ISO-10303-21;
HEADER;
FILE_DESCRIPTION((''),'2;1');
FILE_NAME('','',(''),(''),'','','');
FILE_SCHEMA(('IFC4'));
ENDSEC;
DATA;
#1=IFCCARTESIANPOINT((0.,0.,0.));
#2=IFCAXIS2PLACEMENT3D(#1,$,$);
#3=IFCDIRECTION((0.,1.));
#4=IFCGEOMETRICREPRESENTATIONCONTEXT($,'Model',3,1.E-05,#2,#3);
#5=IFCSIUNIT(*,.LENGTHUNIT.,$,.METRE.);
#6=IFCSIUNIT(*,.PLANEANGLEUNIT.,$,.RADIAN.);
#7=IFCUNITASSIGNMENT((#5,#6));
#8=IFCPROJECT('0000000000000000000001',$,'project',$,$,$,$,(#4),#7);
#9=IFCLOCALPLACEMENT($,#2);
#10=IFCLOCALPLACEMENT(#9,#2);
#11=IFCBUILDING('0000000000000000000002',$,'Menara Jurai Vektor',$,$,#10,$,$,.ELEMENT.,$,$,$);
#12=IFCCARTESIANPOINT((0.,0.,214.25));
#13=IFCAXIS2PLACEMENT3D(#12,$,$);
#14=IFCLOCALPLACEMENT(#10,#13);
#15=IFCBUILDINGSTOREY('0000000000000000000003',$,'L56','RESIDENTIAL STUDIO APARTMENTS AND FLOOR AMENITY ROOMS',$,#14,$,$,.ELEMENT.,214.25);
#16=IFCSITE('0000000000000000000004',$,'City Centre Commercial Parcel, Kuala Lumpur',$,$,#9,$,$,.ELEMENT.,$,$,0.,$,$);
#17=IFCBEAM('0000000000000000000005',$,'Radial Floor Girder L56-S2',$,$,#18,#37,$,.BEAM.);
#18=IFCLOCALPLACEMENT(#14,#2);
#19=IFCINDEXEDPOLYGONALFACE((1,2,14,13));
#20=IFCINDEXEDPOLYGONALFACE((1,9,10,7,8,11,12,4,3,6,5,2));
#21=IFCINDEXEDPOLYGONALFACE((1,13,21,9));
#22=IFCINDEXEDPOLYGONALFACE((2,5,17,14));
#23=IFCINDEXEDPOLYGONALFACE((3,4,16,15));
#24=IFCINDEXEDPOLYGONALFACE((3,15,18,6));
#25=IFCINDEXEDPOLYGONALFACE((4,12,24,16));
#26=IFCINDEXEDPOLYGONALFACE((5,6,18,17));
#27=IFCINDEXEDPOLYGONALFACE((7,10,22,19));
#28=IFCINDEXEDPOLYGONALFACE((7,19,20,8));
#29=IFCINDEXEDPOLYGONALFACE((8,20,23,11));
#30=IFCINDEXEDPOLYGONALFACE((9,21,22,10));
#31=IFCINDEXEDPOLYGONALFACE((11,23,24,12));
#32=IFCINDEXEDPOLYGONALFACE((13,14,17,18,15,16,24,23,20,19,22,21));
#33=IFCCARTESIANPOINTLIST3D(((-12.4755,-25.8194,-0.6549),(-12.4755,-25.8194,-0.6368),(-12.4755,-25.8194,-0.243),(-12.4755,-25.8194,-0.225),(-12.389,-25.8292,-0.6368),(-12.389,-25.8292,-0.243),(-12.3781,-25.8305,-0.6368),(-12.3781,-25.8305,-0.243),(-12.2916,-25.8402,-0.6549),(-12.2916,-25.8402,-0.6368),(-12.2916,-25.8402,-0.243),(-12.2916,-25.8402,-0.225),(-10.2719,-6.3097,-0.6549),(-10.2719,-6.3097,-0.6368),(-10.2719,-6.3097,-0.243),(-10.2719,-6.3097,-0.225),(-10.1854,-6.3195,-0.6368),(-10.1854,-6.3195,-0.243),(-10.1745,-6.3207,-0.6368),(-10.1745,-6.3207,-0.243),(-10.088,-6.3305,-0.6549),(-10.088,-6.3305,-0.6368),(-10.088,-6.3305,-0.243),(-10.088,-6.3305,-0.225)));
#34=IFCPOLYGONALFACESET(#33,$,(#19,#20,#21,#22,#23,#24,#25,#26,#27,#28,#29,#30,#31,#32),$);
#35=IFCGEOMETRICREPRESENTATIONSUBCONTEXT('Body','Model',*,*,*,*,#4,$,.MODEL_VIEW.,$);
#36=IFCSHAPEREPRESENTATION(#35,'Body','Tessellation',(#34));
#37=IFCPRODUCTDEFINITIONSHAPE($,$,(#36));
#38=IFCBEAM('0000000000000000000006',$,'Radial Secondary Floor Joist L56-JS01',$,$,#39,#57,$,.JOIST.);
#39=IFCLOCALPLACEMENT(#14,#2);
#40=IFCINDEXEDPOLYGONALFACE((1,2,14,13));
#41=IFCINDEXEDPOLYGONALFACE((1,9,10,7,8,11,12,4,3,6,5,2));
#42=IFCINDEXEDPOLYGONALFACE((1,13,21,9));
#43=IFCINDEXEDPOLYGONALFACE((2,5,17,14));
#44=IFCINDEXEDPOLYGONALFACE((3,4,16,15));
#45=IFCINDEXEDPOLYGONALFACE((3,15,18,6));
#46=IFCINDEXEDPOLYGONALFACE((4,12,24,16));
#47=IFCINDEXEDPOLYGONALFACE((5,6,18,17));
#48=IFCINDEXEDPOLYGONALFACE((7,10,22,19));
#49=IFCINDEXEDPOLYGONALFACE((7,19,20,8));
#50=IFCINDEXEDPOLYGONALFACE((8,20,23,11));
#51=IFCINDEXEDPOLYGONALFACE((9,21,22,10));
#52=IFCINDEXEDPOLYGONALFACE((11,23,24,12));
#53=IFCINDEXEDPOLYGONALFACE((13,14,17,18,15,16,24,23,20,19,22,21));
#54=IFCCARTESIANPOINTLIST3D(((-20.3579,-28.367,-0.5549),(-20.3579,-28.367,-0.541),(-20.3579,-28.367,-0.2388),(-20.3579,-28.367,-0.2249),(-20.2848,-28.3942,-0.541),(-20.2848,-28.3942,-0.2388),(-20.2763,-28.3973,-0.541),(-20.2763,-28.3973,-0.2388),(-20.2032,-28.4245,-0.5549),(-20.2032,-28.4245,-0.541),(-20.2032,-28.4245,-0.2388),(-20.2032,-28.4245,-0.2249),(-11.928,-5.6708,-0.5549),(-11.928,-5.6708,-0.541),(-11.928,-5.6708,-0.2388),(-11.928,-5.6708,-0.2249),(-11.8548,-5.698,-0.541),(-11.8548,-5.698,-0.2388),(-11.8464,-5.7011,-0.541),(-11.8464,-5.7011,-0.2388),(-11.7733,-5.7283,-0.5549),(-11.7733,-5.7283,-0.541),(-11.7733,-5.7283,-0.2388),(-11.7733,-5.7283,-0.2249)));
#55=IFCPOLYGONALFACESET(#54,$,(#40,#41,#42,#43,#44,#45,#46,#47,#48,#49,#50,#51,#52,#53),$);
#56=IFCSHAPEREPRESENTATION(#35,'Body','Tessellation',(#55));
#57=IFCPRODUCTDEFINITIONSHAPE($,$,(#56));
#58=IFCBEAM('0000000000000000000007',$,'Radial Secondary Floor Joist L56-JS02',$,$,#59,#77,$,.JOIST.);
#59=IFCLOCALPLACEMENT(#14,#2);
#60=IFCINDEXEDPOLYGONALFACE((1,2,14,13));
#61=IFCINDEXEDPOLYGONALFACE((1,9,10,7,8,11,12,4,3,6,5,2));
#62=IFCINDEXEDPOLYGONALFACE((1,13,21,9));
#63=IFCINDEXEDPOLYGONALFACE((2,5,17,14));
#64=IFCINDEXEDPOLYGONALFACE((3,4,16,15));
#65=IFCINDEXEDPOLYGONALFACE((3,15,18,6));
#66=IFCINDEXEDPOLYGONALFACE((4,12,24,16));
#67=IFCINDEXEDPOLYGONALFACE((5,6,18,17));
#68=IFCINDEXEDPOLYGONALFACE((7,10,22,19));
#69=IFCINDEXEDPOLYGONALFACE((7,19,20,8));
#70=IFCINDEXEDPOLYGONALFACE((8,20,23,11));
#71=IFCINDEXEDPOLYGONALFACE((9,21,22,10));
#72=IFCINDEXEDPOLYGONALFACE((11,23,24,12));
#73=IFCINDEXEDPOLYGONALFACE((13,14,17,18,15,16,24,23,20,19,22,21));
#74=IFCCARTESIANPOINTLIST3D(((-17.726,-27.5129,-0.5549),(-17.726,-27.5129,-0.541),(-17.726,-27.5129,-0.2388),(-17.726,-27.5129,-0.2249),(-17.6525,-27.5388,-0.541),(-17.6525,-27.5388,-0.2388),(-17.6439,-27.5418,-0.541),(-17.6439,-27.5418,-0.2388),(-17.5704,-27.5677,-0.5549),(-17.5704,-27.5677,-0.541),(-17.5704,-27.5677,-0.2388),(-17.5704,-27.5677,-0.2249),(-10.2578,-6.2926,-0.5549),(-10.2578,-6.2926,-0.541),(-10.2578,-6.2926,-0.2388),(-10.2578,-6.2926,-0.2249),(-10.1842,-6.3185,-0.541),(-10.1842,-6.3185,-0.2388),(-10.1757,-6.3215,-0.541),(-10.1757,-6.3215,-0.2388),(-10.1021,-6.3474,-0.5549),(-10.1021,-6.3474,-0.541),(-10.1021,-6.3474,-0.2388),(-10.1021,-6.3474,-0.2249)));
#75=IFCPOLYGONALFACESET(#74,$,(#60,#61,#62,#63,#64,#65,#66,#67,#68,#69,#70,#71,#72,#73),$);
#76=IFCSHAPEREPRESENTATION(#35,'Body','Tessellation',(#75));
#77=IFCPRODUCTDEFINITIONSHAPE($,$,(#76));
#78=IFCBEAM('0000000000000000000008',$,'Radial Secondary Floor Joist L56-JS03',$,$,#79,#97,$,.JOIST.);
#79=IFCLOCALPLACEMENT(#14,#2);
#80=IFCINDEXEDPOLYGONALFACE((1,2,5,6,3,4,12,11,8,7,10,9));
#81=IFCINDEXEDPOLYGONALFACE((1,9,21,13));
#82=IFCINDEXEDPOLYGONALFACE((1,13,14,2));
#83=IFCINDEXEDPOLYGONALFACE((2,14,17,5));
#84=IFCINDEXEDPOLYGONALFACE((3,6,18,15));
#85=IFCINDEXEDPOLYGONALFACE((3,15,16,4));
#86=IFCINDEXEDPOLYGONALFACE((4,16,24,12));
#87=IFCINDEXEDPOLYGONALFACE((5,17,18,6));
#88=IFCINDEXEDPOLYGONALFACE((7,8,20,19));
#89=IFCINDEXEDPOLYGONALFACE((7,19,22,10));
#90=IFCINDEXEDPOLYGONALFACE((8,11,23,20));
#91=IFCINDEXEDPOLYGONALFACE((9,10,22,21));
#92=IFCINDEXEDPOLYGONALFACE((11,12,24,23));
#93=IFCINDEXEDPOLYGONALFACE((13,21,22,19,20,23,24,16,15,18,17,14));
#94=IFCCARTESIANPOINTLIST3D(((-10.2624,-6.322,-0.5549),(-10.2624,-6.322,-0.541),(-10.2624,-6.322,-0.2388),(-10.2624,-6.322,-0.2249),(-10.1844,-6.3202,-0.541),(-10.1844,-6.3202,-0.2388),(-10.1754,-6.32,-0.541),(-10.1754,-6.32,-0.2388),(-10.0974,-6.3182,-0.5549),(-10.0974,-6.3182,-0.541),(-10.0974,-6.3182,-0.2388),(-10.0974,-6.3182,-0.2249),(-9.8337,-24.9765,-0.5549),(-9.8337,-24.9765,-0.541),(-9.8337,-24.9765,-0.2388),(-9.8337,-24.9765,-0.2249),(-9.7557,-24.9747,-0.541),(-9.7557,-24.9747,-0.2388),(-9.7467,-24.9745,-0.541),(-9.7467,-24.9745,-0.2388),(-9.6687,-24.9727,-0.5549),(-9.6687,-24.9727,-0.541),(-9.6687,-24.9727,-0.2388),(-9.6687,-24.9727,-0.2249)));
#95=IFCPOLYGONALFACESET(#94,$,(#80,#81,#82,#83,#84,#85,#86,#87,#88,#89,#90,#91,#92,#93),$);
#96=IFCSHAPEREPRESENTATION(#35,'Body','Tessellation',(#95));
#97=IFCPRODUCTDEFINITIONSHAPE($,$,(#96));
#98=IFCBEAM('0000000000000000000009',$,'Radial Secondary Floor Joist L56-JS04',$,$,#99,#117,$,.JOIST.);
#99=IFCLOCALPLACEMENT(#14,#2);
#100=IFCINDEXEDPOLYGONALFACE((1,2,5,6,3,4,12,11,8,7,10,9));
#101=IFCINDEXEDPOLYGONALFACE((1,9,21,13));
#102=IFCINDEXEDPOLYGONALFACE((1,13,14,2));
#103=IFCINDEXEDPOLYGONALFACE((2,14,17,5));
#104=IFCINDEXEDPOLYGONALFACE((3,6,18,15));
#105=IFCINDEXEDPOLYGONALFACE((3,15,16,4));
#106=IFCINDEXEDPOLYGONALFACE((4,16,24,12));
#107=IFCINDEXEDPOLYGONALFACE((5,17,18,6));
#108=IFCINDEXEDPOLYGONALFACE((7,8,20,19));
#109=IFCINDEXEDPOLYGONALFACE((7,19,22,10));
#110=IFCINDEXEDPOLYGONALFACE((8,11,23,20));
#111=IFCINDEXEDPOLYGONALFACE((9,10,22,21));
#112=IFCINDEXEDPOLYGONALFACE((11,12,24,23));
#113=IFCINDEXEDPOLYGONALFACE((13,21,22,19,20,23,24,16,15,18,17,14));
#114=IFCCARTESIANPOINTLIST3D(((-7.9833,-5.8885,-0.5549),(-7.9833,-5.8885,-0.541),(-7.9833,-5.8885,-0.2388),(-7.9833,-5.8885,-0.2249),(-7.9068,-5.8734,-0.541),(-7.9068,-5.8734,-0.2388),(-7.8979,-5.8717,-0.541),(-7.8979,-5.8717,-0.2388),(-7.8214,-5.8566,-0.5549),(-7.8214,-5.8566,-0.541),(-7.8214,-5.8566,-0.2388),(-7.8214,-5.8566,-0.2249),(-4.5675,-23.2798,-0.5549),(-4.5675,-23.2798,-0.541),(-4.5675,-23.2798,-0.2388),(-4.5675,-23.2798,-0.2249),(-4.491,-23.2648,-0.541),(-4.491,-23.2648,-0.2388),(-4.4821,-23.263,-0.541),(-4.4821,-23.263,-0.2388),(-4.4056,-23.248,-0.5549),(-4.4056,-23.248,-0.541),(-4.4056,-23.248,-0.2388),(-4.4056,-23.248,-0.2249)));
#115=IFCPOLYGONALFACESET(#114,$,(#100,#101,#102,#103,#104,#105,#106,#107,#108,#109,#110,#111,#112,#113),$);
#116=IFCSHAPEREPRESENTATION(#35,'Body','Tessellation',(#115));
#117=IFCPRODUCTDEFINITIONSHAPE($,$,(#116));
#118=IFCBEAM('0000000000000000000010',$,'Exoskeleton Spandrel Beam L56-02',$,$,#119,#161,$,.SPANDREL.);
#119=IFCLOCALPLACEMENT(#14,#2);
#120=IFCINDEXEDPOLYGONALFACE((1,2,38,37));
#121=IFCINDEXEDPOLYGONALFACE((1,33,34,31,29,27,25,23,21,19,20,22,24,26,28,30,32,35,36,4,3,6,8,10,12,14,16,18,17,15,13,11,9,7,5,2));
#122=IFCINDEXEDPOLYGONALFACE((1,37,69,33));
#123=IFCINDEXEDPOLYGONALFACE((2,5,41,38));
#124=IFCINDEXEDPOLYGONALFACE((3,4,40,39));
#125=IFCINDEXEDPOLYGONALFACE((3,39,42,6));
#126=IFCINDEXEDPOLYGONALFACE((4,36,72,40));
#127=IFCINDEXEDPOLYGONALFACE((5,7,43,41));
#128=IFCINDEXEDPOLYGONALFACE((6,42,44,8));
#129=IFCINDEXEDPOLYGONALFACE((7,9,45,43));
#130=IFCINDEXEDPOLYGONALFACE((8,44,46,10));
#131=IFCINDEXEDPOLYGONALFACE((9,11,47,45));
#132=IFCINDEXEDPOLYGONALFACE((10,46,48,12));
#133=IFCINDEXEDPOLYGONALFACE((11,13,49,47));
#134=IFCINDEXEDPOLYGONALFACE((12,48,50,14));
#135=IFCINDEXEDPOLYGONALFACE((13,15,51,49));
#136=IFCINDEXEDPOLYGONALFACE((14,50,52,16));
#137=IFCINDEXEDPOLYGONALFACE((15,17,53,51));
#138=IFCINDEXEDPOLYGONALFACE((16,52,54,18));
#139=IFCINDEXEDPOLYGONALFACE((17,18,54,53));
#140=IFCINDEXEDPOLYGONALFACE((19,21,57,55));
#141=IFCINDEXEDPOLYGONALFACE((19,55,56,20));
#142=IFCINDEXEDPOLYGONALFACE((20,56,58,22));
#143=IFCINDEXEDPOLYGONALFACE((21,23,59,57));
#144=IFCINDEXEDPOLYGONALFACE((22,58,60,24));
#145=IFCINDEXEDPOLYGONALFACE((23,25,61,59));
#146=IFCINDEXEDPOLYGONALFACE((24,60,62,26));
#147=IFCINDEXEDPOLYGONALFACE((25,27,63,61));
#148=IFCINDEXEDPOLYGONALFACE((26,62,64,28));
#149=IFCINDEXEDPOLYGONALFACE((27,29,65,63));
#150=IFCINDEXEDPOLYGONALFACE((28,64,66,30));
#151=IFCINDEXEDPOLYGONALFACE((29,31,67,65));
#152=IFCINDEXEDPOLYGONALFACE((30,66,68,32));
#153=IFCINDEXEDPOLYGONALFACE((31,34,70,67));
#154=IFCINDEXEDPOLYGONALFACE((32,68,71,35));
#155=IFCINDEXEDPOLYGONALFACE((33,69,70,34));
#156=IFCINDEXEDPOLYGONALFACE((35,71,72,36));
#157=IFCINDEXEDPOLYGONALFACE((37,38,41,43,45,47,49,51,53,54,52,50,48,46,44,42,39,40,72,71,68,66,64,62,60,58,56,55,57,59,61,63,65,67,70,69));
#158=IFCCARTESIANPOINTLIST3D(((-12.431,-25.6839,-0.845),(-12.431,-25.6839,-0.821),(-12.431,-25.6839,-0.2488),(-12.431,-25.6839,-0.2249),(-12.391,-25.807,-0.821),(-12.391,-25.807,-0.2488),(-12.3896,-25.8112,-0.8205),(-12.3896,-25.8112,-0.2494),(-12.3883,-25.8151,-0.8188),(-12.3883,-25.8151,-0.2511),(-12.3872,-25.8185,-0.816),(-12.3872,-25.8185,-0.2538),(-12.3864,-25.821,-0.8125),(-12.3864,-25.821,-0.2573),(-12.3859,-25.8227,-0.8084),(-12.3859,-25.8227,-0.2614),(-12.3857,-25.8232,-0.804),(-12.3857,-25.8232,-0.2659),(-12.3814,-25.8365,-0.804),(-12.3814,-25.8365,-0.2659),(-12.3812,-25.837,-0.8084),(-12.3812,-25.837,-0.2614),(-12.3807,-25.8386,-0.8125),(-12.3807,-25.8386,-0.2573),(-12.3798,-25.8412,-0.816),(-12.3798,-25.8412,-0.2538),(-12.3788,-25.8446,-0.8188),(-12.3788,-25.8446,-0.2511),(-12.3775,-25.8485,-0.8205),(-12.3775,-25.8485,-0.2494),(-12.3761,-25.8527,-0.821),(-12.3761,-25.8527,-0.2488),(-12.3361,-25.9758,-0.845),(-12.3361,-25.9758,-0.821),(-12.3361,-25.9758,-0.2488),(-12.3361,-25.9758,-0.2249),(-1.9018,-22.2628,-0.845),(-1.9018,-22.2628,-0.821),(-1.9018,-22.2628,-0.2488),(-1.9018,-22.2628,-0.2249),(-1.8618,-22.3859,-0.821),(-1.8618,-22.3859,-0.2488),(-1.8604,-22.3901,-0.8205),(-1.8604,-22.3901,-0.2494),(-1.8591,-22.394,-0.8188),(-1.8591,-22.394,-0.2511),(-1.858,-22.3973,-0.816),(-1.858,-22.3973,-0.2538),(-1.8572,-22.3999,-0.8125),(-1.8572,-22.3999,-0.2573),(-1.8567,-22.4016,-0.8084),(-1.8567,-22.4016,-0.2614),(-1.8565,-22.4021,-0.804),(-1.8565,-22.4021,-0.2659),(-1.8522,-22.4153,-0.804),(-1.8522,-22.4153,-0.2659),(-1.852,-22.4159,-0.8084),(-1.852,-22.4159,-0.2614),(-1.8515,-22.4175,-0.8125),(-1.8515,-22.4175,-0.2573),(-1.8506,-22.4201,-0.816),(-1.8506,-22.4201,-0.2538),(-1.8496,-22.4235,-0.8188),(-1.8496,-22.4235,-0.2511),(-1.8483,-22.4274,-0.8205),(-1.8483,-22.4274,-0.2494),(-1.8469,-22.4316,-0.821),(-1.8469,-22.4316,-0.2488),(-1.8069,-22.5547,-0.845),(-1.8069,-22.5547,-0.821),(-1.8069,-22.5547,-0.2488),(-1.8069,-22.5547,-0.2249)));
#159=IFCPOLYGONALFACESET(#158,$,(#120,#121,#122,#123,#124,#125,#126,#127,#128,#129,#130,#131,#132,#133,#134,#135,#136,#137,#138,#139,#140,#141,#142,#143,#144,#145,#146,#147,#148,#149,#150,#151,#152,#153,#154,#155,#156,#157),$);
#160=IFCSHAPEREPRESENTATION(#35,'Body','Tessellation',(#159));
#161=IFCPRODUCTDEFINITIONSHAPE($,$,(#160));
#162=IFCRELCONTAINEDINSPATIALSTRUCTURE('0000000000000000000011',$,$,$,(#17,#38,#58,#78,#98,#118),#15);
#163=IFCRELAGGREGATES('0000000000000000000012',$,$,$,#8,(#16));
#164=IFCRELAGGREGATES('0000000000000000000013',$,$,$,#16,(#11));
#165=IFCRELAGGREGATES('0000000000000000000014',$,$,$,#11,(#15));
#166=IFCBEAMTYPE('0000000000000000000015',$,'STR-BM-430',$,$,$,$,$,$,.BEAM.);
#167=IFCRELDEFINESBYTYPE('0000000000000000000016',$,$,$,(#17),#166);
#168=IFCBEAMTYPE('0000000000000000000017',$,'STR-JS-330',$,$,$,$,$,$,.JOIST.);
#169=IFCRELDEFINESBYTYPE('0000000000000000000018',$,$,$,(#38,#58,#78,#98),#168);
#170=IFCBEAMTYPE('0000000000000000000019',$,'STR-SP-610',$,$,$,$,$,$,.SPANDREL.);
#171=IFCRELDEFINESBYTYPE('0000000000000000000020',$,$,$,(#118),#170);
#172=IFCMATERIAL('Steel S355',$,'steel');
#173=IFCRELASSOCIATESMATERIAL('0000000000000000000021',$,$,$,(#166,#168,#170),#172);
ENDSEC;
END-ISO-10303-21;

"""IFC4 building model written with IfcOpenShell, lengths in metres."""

from ifc_helpers import new_model, si_unit, direction, frame, origin, origin_2d, place, context, subcontext, project, spatial, i_section, extrude, material, material_profile, profile_set, type_object, element, save


model = new_model("IFC4")

# Units and contexts
model_context = context("Model", 3, precision=1e-05, world=origin(), true_north=direction((0.0, 1.0)))
body_context = subcontext(model_context, "Body", "Model", "MODEL_VIEW")
ifc_project = project(units=[si_unit("LENGTHUNIT", "METRE"), si_unit("PLANEANGLEUNIT", "RADIAN")], contexts=[model_context])

# Site, building, storey
site_placement = place(None, origin())
site = spatial("IfcSite", under=ifc_project, at=site_placement, Name="City Centre Commercial Parcel, Kuala Lumpur", CompositionType="ELEMENT", RefElevation=0.0)
building_placement = place(site_placement, origin())
building = spatial("IfcBuilding", under=site, at=building_placement, Name="Menara Jurai Vektor", CompositionType="ELEMENT")
storey_placement = place(building_placement, frame((0.0, 0.0, 214.25)))
storey = spatial("IfcBuildingStorey", under=building, at=storey_placement, Name="L56", Description="RESIDENTIAL STUDIO APARTMENTS AND FLOOR AMENITY ROOMS", CompositionType="ELEMENT", Elevation=214.25)

# Beams
ifc_material_1 = material(Name="Steel S355", Category="steel")
ifc_material_profile_1 = material_profile(ifc_material_1, i_section(OverallWidth=0.1851, OverallDepth=0.4299, WebThickness=0.011, FlangeThickness=0.0181, at=origin_2d()), Name="PG 430x185x76")
ifc_profile_set_1 = profile_set([ifc_material_profile_1], Name="Steel S355")
beam_type_1 = type_object("IfcBeamType", Name="STR-BM-430", PredefinedType="BEAM", material=ifc_profile_set_1)
beam_1_placement = place(storey_placement, frame((-12.3835, -25.8298, -0.4399), z_axis=(0.112236, 0.993682, 0.0), x_axis=(-0.993682, 0.112236, 0.0)))
element("IfcBeam", 1, at=beam_1_placement, inside=storey, type_object=beam_type_1, Name="Radial Floor Girder L56-S2", PredefinedType="BEAM", context=body_context, shape_type="SweptSolid", body=[
    extrude(i_section(OverallWidth=0.1851, OverallDepth=0.4299, WebThickness=0.011, FlangeThickness=0.0181, at=origin_2d()), origin(), (0.0, 0.0, 1.0), 19.6338),
])
ifc_material_profile_2 = material_profile(ifc_material_1, i_section(OverallWidth=0.165, OverallDepth=0.3301, WebThickness=0.009, FlangeThickness=0.0139, at=origin_2d()), Name="PG 330x165x46")
ifc_profile_set_2 = profile_set([ifc_material_profile_2], Name="Steel S355")
beam_type_2 = type_object("IfcBeamType", Name="STR-JS-330", PredefinedType="JOIST", material=ifc_profile_set_2)
beam_2_placement = place(storey_placement, frame((-20.2805, -28.3958, -0.3899), z_axis=(0.348182, 0.937427, 0.0), x_axis=(-0.937427, 0.348182, 0.0)))
element("IfcBeam", 2, at=beam_2_placement, inside=storey, type_object=beam_type_2, Name="Radial Secondary Floor Joist L56-JS01", PredefinedType="JOIST", context=body_context, shape_type="SweptSolid", body=[
    extrude(i_section(OverallWidth=0.165, OverallDepth=0.3301, WebThickness=0.009, FlangeThickness=0.0139, at=origin_2d()), origin(), (0.0, 0.0, 1.0), 24.2112),
])
beam_3_placement = place(storey_placement, frame((-17.6482, -27.5403, -0.3899), z_axis=(0.331981, 0.943286, 0.0), x_axis=(-0.943286, 0.331981, 0.0)))
element("IfcBeam", 3, at=beam_3_placement, inside=storey, type_object=beam_type_2, Name="Radial Secondary Floor Joist L56-JS02", PredefinedType="JOIST", context=body_context, shape_type="SweptSolid", body=[
    extrude(i_section(OverallWidth=0.165, OverallDepth=0.3301, WebThickness=0.009, FlangeThickness=0.0139, at=origin_2d()), origin(), (0.0, 0.0, 1.0), 22.4961),
])
beam_4_placement = place(storey_placement, frame((-9.7512, -24.9746, -0.3899), z_axis=(-0.022976, 0.999736, 0.0), x_axis=(-0.999736, -0.022976, 0.0)))
element("IfcBeam", 4, at=beam_4_placement, inside=storey, type_object=beam_type_2, Name="Radial Secondary Floor Joist L56-JS03", PredefinedType="JOIST", context=body_context, shape_type="SweptSolid", body=[
    extrude(i_section(OverallWidth=0.165, OverallDepth=0.3301, WebThickness=0.009, FlangeThickness=0.0139, at=origin_2d()), origin(), (0.0, 0.0, 1.0), 18.6594),
])
beam_5_placement = place(storey_placement, frame((-4.4866, -23.2639, -0.3899), z_axis=(-0.192724, 0.981253, 0.0), x_axis=(-0.981253, -0.192724, 0.0)))
element("IfcBeam", 5, at=beam_5_placement, inside=storey, type_object=beam_type_2, Name="Radial Secondary Floor Joist L56-JS04", PredefinedType="JOIST", context=body_context, shape_type="SweptSolid", body=[
    extrude(i_section(OverallWidth=0.165, OverallDepth=0.3301, WebThickness=0.009, FlangeThickness=0.0139, at=origin_2d()), origin(), (0.0, 0.0, 1.0), 17.7236),
])
ifc_material_profile_3 = material_profile(ifc_material_1, i_section(OverallWidth=0.3069, OverallDepth=0.6201, WebThickness=0.0139, FlangeThickness=0.0239, FilletRadius=0.0171, at=origin_2d()), Name="UKB 610x305x179")
ifc_profile_set_3 = profile_set([ifc_material_profile_3], Name="Steel S355")
beam_type_3 = type_object("IfcBeamType", Name="STR-SP-610", PredefinedType="SPANDREL", material=ifc_profile_set_3)
for number, where, z_axis, x_axis, name in (
    (6, (-12.3835, -25.8298, -0.5349), (0.951057, 0.309014, 0.0), (-0.309014, 0.951057, 0.0), "Exoskeleton Spandrel Beam L56-02"),
):
    element("IfcBeam", number, at=place(storey_placement, frame(where, z_axis=z_axis, x_axis=x_axis)), inside=storey, type_object=beam_type_3, Name=name, PredefinedType="SPANDREL", context=body_context, shape_type="SweptSolid", body=[
        extrude(i_section(OverallWidth=0.3069, OverallDepth=0.6201, WebThickness=0.0139, FlangeThickness=0.0239, FilletRadius=0.0171, at=origin_2d()), origin(), (0.0, 0.0, 1.0), 11.071),
    ])

save(model, "model.ifc")
